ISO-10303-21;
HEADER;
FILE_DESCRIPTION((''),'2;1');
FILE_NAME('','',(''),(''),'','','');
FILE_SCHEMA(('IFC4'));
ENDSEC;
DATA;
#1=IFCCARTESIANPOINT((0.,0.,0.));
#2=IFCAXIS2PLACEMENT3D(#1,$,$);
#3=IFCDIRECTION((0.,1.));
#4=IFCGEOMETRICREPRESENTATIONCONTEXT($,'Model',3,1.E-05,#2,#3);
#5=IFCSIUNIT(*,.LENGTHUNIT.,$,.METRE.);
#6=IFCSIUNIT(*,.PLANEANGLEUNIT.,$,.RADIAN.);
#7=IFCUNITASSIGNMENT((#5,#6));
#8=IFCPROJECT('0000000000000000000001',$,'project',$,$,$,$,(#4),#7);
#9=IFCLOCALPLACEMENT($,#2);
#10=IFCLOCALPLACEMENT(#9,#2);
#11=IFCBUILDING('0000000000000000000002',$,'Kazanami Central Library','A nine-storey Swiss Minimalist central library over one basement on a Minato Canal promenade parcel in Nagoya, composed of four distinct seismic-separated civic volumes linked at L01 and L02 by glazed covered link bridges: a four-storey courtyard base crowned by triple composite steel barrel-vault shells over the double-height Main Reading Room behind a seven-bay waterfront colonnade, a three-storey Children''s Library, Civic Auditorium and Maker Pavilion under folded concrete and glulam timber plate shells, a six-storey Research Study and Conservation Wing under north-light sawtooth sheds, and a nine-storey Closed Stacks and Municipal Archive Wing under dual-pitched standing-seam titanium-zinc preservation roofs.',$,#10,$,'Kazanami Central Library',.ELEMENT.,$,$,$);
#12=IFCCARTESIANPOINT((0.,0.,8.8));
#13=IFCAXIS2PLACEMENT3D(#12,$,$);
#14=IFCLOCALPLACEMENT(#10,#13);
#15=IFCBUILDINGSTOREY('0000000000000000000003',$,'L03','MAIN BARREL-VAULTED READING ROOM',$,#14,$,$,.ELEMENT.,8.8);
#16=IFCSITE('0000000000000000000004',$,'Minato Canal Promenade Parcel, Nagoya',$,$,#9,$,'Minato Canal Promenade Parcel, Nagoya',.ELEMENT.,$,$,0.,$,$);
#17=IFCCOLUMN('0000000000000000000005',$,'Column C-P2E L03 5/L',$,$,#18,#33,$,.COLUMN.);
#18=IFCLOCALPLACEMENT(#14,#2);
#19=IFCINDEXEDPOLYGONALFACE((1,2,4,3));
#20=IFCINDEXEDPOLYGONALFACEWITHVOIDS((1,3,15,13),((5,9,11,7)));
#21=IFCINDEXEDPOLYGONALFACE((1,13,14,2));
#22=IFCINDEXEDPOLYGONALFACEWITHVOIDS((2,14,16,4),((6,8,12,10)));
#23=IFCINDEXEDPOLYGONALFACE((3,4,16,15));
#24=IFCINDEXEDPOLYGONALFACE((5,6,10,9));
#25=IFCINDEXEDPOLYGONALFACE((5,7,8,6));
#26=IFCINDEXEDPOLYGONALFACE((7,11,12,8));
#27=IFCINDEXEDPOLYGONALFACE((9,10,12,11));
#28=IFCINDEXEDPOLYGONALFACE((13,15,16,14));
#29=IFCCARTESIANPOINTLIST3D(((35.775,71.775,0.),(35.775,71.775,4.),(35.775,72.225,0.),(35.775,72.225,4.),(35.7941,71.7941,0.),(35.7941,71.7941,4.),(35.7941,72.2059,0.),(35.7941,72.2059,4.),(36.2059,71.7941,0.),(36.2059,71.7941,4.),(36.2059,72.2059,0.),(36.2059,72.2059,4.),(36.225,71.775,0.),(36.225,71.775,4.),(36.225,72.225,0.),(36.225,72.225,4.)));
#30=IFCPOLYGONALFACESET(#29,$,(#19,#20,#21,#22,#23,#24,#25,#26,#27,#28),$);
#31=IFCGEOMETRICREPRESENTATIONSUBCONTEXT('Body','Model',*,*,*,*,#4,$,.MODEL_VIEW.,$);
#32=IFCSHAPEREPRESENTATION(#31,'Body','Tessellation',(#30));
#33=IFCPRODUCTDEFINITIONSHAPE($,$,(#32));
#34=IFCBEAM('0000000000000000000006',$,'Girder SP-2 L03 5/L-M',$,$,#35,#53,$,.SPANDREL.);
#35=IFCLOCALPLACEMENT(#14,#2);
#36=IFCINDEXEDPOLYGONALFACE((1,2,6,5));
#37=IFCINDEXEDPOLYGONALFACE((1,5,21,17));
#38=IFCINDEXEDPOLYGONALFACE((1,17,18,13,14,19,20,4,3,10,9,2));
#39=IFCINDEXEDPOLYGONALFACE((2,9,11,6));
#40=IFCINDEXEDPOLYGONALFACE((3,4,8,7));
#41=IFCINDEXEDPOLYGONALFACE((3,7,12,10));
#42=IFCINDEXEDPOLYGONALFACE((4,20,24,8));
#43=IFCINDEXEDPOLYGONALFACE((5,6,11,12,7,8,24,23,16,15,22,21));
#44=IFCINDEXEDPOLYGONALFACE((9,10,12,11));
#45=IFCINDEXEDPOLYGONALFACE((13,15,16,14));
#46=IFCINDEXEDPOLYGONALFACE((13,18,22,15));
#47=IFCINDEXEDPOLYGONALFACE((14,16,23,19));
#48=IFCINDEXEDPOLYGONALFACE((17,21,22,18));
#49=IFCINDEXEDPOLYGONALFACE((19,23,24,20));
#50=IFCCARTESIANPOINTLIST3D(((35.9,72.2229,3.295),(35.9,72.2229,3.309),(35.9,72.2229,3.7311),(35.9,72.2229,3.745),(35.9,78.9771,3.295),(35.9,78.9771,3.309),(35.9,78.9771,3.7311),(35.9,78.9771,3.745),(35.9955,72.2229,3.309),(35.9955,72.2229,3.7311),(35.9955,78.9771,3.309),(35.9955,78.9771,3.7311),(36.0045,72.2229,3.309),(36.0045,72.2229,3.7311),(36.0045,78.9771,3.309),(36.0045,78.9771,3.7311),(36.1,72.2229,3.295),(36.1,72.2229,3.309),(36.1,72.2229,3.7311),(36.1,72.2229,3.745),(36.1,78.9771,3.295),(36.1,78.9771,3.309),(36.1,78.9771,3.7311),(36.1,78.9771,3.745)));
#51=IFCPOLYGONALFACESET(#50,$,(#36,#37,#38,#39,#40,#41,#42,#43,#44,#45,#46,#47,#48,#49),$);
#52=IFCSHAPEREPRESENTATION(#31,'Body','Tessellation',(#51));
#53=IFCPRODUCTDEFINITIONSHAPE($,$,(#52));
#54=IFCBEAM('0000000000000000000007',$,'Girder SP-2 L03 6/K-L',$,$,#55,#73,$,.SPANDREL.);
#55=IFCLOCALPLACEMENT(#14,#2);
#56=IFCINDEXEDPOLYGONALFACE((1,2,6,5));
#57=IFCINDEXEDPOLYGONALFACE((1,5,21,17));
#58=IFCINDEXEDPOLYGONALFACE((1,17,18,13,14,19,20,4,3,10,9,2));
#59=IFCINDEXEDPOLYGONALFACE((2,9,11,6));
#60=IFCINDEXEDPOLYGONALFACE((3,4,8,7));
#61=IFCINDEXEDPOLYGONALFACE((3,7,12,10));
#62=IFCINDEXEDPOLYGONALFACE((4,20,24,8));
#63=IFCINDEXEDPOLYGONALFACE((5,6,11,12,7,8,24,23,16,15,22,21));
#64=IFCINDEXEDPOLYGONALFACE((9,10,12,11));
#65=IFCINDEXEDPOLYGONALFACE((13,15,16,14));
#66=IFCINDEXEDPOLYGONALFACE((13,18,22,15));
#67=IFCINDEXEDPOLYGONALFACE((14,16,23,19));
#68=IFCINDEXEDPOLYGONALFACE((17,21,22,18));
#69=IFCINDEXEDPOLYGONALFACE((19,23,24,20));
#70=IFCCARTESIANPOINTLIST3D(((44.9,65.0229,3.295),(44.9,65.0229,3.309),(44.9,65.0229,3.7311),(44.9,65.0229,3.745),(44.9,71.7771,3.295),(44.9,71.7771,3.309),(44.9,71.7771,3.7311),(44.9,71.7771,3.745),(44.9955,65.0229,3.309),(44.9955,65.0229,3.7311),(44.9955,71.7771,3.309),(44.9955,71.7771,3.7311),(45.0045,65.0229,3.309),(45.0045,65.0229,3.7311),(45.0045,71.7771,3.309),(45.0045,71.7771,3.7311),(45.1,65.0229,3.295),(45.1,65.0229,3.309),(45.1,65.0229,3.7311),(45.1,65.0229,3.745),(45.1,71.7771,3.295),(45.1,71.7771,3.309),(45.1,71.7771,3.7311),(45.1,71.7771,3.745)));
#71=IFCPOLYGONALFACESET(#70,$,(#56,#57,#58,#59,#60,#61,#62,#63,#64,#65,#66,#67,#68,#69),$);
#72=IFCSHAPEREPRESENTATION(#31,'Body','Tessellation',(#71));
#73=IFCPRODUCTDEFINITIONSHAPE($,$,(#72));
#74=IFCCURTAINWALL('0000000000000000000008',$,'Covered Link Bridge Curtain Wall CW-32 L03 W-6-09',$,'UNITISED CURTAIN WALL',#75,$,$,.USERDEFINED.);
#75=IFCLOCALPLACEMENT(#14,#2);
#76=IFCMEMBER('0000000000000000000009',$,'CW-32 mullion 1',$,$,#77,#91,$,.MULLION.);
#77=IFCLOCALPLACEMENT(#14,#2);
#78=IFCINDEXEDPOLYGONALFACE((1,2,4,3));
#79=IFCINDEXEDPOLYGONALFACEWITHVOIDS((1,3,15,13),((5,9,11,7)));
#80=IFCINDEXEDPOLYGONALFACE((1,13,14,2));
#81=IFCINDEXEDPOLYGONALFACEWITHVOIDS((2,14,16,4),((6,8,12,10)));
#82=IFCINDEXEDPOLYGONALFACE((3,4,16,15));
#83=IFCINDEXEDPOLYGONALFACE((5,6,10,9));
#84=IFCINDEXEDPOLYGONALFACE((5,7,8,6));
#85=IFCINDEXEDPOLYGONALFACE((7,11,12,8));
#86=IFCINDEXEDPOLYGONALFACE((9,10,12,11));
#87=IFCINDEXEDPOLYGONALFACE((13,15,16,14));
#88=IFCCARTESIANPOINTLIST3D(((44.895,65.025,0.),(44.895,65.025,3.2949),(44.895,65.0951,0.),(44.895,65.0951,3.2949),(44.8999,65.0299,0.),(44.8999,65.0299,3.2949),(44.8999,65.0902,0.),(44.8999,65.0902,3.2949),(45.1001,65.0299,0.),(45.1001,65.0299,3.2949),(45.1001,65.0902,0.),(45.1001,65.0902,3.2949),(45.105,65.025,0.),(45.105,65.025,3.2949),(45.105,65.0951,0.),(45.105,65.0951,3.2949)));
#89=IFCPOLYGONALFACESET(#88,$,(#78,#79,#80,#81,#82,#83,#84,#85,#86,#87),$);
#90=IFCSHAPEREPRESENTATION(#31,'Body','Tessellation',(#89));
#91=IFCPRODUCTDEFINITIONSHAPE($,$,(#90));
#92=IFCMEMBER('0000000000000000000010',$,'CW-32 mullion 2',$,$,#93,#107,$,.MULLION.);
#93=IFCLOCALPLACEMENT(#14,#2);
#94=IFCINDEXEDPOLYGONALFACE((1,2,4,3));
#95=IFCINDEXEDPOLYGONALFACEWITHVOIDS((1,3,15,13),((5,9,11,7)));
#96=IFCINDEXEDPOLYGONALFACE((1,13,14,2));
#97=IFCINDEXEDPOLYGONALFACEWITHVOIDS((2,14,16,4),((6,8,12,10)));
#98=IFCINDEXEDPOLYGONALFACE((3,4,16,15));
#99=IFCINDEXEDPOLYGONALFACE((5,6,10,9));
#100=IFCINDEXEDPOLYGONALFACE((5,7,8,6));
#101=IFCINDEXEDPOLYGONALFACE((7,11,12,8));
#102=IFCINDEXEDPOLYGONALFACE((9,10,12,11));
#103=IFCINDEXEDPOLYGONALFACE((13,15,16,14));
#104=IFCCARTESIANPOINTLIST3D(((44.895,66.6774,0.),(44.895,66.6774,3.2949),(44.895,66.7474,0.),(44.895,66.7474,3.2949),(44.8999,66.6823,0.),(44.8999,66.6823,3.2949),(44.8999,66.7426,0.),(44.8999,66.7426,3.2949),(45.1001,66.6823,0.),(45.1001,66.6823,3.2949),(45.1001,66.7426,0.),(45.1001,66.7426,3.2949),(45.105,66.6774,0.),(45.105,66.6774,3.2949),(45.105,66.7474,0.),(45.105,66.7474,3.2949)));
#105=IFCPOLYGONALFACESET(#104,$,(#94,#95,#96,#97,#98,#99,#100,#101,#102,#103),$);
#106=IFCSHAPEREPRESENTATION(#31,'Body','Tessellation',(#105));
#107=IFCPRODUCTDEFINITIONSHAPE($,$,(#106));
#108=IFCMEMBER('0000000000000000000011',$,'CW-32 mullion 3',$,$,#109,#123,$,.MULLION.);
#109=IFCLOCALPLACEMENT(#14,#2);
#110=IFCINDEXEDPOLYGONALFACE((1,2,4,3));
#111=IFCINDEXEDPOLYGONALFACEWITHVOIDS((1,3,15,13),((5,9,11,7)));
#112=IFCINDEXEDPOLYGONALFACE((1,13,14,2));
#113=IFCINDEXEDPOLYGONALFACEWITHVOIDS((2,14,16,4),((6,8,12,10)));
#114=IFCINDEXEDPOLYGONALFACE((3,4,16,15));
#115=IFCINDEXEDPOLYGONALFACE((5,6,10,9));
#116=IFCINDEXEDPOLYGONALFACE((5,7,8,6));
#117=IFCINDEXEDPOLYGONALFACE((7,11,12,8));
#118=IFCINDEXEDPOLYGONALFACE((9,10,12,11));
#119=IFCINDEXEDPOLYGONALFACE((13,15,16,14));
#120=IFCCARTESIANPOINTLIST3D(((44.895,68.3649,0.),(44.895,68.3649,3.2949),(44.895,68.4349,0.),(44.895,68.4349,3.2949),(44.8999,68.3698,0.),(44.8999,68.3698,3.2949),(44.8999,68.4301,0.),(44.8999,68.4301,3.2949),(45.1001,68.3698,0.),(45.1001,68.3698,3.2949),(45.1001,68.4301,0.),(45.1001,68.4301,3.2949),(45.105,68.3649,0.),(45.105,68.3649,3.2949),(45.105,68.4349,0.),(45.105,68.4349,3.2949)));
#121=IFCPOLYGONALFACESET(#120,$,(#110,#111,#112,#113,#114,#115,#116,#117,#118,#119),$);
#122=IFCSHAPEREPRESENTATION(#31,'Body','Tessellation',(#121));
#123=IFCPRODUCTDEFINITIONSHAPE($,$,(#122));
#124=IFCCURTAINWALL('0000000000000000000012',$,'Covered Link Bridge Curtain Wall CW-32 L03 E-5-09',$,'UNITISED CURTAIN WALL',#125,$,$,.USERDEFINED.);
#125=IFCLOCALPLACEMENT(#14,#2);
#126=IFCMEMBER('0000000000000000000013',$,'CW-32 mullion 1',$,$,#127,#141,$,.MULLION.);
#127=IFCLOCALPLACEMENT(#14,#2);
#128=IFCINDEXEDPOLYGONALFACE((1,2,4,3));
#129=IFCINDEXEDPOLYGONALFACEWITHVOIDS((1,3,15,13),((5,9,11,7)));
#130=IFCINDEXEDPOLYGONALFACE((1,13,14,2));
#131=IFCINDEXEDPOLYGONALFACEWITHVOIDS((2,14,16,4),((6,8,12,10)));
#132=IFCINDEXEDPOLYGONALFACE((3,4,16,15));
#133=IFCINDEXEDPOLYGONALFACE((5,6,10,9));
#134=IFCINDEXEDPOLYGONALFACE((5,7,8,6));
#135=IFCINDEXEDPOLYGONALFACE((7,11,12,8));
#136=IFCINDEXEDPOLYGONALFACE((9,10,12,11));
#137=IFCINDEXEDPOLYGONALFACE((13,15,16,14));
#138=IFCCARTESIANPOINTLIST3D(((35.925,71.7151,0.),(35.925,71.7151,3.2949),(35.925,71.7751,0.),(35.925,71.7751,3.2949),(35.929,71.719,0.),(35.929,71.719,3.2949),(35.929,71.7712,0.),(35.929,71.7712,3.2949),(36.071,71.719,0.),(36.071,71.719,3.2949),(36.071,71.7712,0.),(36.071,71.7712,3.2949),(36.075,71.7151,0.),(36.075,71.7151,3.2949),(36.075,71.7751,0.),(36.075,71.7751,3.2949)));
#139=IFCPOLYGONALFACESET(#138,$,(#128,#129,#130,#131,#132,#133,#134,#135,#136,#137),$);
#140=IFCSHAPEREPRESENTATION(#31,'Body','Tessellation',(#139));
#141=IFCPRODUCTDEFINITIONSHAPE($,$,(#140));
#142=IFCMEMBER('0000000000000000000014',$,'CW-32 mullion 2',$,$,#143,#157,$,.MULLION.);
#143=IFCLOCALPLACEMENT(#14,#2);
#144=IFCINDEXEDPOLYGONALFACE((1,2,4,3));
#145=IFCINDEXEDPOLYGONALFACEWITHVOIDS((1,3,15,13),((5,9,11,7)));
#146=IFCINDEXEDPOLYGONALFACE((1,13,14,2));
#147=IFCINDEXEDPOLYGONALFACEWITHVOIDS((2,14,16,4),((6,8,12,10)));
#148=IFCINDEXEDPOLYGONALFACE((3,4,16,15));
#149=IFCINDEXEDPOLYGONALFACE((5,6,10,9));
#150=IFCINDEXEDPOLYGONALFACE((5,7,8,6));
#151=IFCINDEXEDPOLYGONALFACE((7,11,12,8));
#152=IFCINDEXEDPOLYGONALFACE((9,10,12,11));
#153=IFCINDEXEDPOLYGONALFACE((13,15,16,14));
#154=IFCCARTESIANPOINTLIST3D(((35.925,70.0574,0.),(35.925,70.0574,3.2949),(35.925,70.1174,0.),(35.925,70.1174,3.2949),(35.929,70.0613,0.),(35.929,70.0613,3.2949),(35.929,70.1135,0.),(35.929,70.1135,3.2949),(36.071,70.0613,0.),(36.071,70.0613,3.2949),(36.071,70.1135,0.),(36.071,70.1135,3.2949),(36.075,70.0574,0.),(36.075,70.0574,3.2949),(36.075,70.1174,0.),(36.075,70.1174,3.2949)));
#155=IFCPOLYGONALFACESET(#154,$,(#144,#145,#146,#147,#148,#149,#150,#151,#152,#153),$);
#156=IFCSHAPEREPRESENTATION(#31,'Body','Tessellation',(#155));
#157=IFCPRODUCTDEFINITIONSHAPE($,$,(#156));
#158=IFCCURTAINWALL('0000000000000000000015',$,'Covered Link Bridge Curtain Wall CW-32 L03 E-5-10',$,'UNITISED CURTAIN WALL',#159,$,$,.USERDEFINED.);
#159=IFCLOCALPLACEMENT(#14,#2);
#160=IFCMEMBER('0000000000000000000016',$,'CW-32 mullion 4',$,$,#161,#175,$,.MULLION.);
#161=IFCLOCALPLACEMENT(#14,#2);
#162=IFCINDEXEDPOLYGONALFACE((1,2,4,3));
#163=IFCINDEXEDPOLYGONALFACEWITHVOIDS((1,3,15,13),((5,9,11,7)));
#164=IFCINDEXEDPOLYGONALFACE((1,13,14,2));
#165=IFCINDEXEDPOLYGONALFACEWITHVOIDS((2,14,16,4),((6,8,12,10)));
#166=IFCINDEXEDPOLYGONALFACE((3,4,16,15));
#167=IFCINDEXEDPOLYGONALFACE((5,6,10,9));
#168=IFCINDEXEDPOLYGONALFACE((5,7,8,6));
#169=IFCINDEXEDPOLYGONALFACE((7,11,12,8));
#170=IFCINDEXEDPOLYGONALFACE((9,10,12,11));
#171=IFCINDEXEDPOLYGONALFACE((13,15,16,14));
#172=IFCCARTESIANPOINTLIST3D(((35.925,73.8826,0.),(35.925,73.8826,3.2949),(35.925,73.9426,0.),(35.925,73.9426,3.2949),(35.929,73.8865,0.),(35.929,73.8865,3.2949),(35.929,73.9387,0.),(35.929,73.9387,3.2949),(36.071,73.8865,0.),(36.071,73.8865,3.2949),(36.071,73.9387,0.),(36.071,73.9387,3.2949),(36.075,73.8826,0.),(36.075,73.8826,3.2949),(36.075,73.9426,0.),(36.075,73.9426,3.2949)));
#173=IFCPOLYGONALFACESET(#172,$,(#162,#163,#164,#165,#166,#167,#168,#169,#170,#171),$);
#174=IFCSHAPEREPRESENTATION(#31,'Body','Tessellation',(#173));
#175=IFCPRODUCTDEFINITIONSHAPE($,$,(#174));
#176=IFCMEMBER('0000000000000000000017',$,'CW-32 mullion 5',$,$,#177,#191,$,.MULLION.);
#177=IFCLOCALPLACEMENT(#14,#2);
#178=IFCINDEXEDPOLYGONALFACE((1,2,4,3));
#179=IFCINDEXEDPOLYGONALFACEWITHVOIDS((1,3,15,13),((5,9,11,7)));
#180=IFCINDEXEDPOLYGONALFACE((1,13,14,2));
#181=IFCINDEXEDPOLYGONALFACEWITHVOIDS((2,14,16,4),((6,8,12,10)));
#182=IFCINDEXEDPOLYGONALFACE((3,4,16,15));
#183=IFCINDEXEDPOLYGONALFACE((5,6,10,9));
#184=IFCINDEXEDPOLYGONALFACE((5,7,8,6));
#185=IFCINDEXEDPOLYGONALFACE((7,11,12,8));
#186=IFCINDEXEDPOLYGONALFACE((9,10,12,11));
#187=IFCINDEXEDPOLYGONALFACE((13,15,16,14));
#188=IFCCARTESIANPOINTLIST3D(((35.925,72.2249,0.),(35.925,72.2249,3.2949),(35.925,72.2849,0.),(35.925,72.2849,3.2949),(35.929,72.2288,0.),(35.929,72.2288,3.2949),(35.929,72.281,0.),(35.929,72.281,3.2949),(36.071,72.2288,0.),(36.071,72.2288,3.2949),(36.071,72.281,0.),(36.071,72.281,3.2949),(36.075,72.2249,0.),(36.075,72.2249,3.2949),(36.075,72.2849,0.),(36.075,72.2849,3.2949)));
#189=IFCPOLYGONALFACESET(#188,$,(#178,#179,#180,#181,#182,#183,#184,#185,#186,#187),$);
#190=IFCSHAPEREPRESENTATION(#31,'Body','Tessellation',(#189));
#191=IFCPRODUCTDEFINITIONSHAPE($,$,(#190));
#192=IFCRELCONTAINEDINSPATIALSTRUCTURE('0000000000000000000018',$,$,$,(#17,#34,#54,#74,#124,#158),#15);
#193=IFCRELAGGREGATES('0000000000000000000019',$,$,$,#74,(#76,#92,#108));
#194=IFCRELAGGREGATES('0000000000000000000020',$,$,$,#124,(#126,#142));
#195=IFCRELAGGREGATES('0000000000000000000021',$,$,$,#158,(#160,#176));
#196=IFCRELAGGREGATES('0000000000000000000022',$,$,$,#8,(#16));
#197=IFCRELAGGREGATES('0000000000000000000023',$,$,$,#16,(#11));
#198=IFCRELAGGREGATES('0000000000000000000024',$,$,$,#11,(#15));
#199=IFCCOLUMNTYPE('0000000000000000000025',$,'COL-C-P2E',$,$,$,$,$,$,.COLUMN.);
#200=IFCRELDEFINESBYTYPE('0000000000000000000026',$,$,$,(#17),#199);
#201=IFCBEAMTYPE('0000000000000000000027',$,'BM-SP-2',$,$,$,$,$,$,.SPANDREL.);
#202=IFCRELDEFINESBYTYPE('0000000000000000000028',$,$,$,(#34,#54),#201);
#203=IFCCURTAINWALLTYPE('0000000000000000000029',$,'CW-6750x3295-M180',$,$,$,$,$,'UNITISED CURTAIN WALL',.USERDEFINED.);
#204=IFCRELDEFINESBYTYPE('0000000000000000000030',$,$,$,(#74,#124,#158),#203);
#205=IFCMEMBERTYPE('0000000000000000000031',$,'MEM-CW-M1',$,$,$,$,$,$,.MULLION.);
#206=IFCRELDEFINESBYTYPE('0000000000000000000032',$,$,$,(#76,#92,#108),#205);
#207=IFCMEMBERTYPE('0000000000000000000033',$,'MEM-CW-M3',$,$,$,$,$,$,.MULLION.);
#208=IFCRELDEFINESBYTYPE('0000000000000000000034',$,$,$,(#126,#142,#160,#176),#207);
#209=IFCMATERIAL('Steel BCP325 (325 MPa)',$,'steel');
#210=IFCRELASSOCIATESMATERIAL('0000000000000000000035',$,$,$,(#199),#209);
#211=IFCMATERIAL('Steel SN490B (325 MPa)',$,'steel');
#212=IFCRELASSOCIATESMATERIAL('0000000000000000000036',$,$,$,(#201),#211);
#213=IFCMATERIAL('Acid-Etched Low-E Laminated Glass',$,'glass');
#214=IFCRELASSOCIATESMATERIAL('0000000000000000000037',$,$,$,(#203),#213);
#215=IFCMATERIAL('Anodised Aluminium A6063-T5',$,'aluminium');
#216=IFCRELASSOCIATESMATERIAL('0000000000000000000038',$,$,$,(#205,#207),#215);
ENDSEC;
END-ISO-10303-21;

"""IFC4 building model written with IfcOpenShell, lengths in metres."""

from ifc_helpers import new_model, si_unit, direction, frame, origin, origin_2d, place, context, subcontext, project, spatial, hollow_rectangle, i_section, extrude, material, material_profile, profile_set, type_object, element, aggregate, save


model = new_model("IFC4")

# Units and contexts
model_context = context("Model", 3, precision=1e-05, world=origin(), true_north=direction((0.0, 1.0)))
body_context = subcontext(model_context, "Body", "Model", "MODEL_VIEW")
ifc_project = project(units=[si_unit("LENGTHUNIT", "METRE"), si_unit("PLANEANGLEUNIT", "RADIAN")], contexts=[model_context])

# Site, building, storey
site_placement = place(None, origin())
site = spatial("IfcSite", under=ifc_project, at=site_placement, Name="Minato Canal Promenade Parcel, Nagoya", LongName="Minato Canal Promenade Parcel, Nagoya", CompositionType="ELEMENT", RefElevation=0.0)
building_placement = place(site_placement, origin())
building = spatial("IfcBuilding", under=site, at=building_placement, Name="Kazanami Central Library", Description="A nine-storey Swiss Minimalist central library over one basement on a Minato Canal promenade parcel in Nagoya, composed of four distinct seismic-separated civic volumes linked at L01 and L02 by glazed covered link bridges: a four-storey courtyard base crowned by triple composite steel barrel-vault shells over the double-height Main Reading Room behind a seven-bay waterfront colonnade, a three-storey Children's Library, Civic Auditorium and Maker Pavilion under folded concrete and glulam timber plate shells, a six-storey Research Study and Conservation Wing under north-light sawtooth sheds, and a nine-storey Closed Stacks and Municipal Archive Wing under dual-pitched standing-seam titanium-zinc preservation roofs.", LongName="Kazanami Central Library", CompositionType="ELEMENT")
storey_placement = place(building_placement, frame((0.0, 0.0, 8.8)))
storey = spatial("IfcBuildingStorey", under=building, at=storey_placement, Name="L03", Description="MAIN BARREL-VAULTED READING ROOM", CompositionType="ELEMENT", Elevation=8.8)

# Column
ifc_material_1 = material(Name="Steel BCP325 (325 MPa)", Category="steel")
ifc_material_profile_1 = material_profile(ifc_material_1, hollow_rectangle(XDim=0.45, YDim=0.45, WallThickness=0.019, at=origin_2d()), Name="BCP-450x450x19")
ifc_profile_set_1 = profile_set([ifc_material_profile_1], Name="Steel BCP325 (325 MPa)")
column_type = type_object("IfcColumnType", Name="COL-C-P2E", PredefinedType="COLUMN", material=ifc_profile_set_1)
column_placement = place(storey_placement, frame((36.0, 72.0, 0.0), z_axis=(0.0, 0.0, 1.0), x_axis=(1.0, 0.0, 0.0)))
element("IfcColumn", 1, at=column_placement, inside=storey, type_object=column_type, Name="Column C-P2E L03 5/L", PredefinedType="COLUMN", context=body_context, shape_type="SweptSolid", body=[
    extrude(hollow_rectangle(XDim=0.45, YDim=0.45, WallThickness=0.019, at=origin_2d()), origin(), (0.0, 0.0, 1.0), 4.0),
])

# Beams
ifc_material_2 = material(Name="Steel SN490B (325 MPa)", Category="steel")
ifc_material_profile_2 = material_profile(ifc_material_2, i_section(OverallWidth=0.2, OverallDepth=0.45, WebThickness=0.009, FlangeThickness=0.0139, at=origin_2d()), Name="H-450x200x9x14")
ifc_profile_set_2 = profile_set([ifc_material_profile_2], Name="Steel SN490B (325 MPa)")
beam_type = type_object("IfcBeamType", Name="BM-SP-2", PredefinedType="SPANDREL", material=ifc_profile_set_2)
for number, where, z_axis, x_axis, name in (
    (2, (36.0, 72.2229, 3.52), (0.0, 1.0, 0.0), (-1.0, 0.0, 0.0), "Girder SP-2 L03 5/L-M"),
    (3, (45.0, 65.0229, 3.52), (0.0, 1.0, 0.0), (-1.0, 0.0, 0.0), "Girder SP-2 L03 6/K-L"),
):
    element("IfcBeam", number, at=place(storey_placement, frame(where, z_axis=z_axis, x_axis=x_axis)), inside=storey, type_object=beam_type, Name=name, PredefinedType="SPANDREL", context=body_context, shape_type="SweptSolid", body=[
        extrude(i_section(OverallWidth=0.2, OverallDepth=0.45, WebThickness=0.009, FlangeThickness=0.0139, at=origin_2d()), origin(), (0.0, 0.0, 1.0), 6.7542),
    ])

# Curtain walls, members
ifc_material_3 = material(Name="Acid-Etched Low-E Laminated Glass", Category="glass")
curtain_wall_type = type_object("IfcCurtainWallType", Name="CW-6750x3295-M180", ElementType="UNITISED CURTAIN WALL", PredefinedType="USERDEFINED", material=ifc_material_3)
curtain_wall_1_placement = place(storey_placement, origin())
curtain_wall_1 = element("IfcCurtainWall", 4, at=curtain_wall_1_placement, inside=storey, type_object=curtain_wall_type, Name="Covered Link Bridge Curtain Wall CW-32 L03 W-6-09", ObjectType="UNITISED CURTAIN WALL", PredefinedType="USERDEFINED")
ifc_material_4 = material(Name="Anodised Aluminium A6063-T5", Category="aluminium")
ifc_material_profile_3 = material_profile(ifc_material_4, hollow_rectangle(XDim=0.0701, YDim=0.21, WallThickness=0.0049, at=origin_2d()), Name="ALU-MULL-70x210x5")
ifc_profile_set_3 = profile_set([ifc_material_profile_3], Name="Anodised Aluminium A6063-T5")
member_type_1 = type_object("IfcMemberType", Name="MEM-CW-M1", PredefinedType="MULLION", material=ifc_profile_set_3)
member_1_placement = place(storey_placement, frame((45.0, 65.0601, 0.0), z_axis=(0.0, 0.0, 1.0), x_axis=(0.0, 1.0, 0.0)))
member_1 = element("IfcMember", 5, at=member_1_placement, type_object=member_type_1, Name="CW-32 mullion 1", PredefinedType="MULLION", context=body_context, shape_type="SweptSolid", body=[
    extrude(hollow_rectangle(XDim=0.0701, YDim=0.21, WallThickness=0.0049, at=origin_2d()), origin(), (0.0, 0.0, 1.0), 3.2949),
])
member_2_placement = place(storey_placement, frame((45.0, 66.7124, 0.0), z_axis=(0.0, 0.0, 1.0), x_axis=(0.0, 1.0, 0.0)))
member_2 = element("IfcMember", 6, at=member_2_placement, type_object=member_type_1, Name="CW-32 mullion 2", PredefinedType="MULLION", context=body_context, shape_type="SweptSolid", body=[
    extrude(hollow_rectangle(XDim=0.0701, YDim=0.21, WallThickness=0.0049, at=origin_2d()), origin(), (0.0, 0.0, 1.0), 3.2949),
])
member_3_placement = place(storey_placement, frame((45.0, 68.3999, 0.0), z_axis=(0.0, 0.0, 1.0), x_axis=(0.0, 1.0, 0.0)))
member_3 = element("IfcMember", 7, at=member_3_placement, type_object=member_type_1, Name="CW-32 mullion 3", PredefinedType="MULLION", context=body_context, shape_type="SweptSolid", body=[
    extrude(hollow_rectangle(XDim=0.0701, YDim=0.21, WallThickness=0.0049, at=origin_2d()), origin(), (0.0, 0.0, 1.0), 3.2949),
])
curtain_wall_2_placement = place(storey_placement, origin())
curtain_wall_2 = element("IfcCurtainWall", 8, at=curtain_wall_2_placement, inside=storey, type_object=curtain_wall_type, Name="Covered Link Bridge Curtain Wall CW-32 L03 E-5-09", ObjectType="UNITISED CURTAIN WALL", PredefinedType="USERDEFINED")
ifc_material_profile_4 = material_profile(ifc_material_4, hollow_rectangle(XDim=0.0601, YDim=0.1499, WallThickness=0.0039, at=origin_2d()), Name="ALU-MULL-60x150x4")
ifc_profile_set_4 = profile_set([ifc_material_profile_4], Name="Anodised Aluminium A6063-T5")
member_type_2 = type_object("IfcMemberType", Name="MEM-CW-M3", PredefinedType="MULLION", material=ifc_profile_set_4)
member_4_placement = place(storey_placement, frame((36.0, 71.7451, 0.0), z_axis=(0.0, 0.0, 1.0), x_axis=(0.0, -1.0, 0.0)))
member_4 = element("IfcMember", 9, at=member_4_placement, type_object=member_type_2, Name="CW-32 mullion 1", PredefinedType="MULLION", context=body_context, shape_type="SweptSolid", body=[
    extrude(hollow_rectangle(XDim=0.0601, YDim=0.1499, WallThickness=0.0039, at=origin_2d()), origin(), (0.0, 0.0, 1.0), 3.2949),
])
member_5_placement = place(storey_placement, frame((36.0, 70.0874, 0.0), z_axis=(0.0, 0.0, 1.0), x_axis=(0.0, -1.0, 0.0)))
member_5 = element("IfcMember", 10, at=member_5_placement, type_object=member_type_2, Name="CW-32 mullion 2", PredefinedType="MULLION", context=body_context, shape_type="SweptSolid", body=[
    extrude(hollow_rectangle(XDim=0.0601, YDim=0.1499, WallThickness=0.0039, at=origin_2d()), origin(), (0.0, 0.0, 1.0), 3.2949),
])
curtain_wall_3_placement = place(storey_placement, origin())
curtain_wall_3 = element("IfcCurtainWall", 11, at=curtain_wall_3_placement, inside=storey, type_object=curtain_wall_type, Name="Covered Link Bridge Curtain Wall CW-32 L03 E-5-10", ObjectType="UNITISED CURTAIN WALL", PredefinedType="USERDEFINED")
member_6_placement = place(storey_placement, frame((36.0, 73.9126, 0.0), z_axis=(0.0, 0.0, 1.0), x_axis=(0.0, -1.0, 0.0)))
member_6 = element("IfcMember", 12, at=member_6_placement, type_object=member_type_2, Name="CW-32 mullion 4", PredefinedType="MULLION", context=body_context, shape_type="SweptSolid", body=[
    extrude(hollow_rectangle(XDim=0.0601, YDim=0.1499, WallThickness=0.0039, at=origin_2d()), origin(), (0.0, 0.0, 1.0), 3.2949),
])
member_7_placement = place(storey_placement, frame((36.0, 72.2549, 0.0), z_axis=(0.0, 0.0, 1.0), x_axis=(0.0, -1.0, 0.0)))
member_7 = element("IfcMember", 13, at=member_7_placement, type_object=member_type_2, Name="CW-32 mullion 5", PredefinedType="MULLION", context=body_context, shape_type="SweptSolid", body=[
    extrude(hollow_rectangle(XDim=0.0601, YDim=0.1499, WallThickness=0.0039, at=origin_2d()), origin(), (0.0, 0.0, 1.0), 3.2949),
])

aggregate(curtain_wall_1, [member_1, member_2, member_3])
aggregate(curtain_wall_2, [member_4, member_5])
aggregate(curtain_wall_3, [member_6, member_7])

save(model, "model.ifc")
